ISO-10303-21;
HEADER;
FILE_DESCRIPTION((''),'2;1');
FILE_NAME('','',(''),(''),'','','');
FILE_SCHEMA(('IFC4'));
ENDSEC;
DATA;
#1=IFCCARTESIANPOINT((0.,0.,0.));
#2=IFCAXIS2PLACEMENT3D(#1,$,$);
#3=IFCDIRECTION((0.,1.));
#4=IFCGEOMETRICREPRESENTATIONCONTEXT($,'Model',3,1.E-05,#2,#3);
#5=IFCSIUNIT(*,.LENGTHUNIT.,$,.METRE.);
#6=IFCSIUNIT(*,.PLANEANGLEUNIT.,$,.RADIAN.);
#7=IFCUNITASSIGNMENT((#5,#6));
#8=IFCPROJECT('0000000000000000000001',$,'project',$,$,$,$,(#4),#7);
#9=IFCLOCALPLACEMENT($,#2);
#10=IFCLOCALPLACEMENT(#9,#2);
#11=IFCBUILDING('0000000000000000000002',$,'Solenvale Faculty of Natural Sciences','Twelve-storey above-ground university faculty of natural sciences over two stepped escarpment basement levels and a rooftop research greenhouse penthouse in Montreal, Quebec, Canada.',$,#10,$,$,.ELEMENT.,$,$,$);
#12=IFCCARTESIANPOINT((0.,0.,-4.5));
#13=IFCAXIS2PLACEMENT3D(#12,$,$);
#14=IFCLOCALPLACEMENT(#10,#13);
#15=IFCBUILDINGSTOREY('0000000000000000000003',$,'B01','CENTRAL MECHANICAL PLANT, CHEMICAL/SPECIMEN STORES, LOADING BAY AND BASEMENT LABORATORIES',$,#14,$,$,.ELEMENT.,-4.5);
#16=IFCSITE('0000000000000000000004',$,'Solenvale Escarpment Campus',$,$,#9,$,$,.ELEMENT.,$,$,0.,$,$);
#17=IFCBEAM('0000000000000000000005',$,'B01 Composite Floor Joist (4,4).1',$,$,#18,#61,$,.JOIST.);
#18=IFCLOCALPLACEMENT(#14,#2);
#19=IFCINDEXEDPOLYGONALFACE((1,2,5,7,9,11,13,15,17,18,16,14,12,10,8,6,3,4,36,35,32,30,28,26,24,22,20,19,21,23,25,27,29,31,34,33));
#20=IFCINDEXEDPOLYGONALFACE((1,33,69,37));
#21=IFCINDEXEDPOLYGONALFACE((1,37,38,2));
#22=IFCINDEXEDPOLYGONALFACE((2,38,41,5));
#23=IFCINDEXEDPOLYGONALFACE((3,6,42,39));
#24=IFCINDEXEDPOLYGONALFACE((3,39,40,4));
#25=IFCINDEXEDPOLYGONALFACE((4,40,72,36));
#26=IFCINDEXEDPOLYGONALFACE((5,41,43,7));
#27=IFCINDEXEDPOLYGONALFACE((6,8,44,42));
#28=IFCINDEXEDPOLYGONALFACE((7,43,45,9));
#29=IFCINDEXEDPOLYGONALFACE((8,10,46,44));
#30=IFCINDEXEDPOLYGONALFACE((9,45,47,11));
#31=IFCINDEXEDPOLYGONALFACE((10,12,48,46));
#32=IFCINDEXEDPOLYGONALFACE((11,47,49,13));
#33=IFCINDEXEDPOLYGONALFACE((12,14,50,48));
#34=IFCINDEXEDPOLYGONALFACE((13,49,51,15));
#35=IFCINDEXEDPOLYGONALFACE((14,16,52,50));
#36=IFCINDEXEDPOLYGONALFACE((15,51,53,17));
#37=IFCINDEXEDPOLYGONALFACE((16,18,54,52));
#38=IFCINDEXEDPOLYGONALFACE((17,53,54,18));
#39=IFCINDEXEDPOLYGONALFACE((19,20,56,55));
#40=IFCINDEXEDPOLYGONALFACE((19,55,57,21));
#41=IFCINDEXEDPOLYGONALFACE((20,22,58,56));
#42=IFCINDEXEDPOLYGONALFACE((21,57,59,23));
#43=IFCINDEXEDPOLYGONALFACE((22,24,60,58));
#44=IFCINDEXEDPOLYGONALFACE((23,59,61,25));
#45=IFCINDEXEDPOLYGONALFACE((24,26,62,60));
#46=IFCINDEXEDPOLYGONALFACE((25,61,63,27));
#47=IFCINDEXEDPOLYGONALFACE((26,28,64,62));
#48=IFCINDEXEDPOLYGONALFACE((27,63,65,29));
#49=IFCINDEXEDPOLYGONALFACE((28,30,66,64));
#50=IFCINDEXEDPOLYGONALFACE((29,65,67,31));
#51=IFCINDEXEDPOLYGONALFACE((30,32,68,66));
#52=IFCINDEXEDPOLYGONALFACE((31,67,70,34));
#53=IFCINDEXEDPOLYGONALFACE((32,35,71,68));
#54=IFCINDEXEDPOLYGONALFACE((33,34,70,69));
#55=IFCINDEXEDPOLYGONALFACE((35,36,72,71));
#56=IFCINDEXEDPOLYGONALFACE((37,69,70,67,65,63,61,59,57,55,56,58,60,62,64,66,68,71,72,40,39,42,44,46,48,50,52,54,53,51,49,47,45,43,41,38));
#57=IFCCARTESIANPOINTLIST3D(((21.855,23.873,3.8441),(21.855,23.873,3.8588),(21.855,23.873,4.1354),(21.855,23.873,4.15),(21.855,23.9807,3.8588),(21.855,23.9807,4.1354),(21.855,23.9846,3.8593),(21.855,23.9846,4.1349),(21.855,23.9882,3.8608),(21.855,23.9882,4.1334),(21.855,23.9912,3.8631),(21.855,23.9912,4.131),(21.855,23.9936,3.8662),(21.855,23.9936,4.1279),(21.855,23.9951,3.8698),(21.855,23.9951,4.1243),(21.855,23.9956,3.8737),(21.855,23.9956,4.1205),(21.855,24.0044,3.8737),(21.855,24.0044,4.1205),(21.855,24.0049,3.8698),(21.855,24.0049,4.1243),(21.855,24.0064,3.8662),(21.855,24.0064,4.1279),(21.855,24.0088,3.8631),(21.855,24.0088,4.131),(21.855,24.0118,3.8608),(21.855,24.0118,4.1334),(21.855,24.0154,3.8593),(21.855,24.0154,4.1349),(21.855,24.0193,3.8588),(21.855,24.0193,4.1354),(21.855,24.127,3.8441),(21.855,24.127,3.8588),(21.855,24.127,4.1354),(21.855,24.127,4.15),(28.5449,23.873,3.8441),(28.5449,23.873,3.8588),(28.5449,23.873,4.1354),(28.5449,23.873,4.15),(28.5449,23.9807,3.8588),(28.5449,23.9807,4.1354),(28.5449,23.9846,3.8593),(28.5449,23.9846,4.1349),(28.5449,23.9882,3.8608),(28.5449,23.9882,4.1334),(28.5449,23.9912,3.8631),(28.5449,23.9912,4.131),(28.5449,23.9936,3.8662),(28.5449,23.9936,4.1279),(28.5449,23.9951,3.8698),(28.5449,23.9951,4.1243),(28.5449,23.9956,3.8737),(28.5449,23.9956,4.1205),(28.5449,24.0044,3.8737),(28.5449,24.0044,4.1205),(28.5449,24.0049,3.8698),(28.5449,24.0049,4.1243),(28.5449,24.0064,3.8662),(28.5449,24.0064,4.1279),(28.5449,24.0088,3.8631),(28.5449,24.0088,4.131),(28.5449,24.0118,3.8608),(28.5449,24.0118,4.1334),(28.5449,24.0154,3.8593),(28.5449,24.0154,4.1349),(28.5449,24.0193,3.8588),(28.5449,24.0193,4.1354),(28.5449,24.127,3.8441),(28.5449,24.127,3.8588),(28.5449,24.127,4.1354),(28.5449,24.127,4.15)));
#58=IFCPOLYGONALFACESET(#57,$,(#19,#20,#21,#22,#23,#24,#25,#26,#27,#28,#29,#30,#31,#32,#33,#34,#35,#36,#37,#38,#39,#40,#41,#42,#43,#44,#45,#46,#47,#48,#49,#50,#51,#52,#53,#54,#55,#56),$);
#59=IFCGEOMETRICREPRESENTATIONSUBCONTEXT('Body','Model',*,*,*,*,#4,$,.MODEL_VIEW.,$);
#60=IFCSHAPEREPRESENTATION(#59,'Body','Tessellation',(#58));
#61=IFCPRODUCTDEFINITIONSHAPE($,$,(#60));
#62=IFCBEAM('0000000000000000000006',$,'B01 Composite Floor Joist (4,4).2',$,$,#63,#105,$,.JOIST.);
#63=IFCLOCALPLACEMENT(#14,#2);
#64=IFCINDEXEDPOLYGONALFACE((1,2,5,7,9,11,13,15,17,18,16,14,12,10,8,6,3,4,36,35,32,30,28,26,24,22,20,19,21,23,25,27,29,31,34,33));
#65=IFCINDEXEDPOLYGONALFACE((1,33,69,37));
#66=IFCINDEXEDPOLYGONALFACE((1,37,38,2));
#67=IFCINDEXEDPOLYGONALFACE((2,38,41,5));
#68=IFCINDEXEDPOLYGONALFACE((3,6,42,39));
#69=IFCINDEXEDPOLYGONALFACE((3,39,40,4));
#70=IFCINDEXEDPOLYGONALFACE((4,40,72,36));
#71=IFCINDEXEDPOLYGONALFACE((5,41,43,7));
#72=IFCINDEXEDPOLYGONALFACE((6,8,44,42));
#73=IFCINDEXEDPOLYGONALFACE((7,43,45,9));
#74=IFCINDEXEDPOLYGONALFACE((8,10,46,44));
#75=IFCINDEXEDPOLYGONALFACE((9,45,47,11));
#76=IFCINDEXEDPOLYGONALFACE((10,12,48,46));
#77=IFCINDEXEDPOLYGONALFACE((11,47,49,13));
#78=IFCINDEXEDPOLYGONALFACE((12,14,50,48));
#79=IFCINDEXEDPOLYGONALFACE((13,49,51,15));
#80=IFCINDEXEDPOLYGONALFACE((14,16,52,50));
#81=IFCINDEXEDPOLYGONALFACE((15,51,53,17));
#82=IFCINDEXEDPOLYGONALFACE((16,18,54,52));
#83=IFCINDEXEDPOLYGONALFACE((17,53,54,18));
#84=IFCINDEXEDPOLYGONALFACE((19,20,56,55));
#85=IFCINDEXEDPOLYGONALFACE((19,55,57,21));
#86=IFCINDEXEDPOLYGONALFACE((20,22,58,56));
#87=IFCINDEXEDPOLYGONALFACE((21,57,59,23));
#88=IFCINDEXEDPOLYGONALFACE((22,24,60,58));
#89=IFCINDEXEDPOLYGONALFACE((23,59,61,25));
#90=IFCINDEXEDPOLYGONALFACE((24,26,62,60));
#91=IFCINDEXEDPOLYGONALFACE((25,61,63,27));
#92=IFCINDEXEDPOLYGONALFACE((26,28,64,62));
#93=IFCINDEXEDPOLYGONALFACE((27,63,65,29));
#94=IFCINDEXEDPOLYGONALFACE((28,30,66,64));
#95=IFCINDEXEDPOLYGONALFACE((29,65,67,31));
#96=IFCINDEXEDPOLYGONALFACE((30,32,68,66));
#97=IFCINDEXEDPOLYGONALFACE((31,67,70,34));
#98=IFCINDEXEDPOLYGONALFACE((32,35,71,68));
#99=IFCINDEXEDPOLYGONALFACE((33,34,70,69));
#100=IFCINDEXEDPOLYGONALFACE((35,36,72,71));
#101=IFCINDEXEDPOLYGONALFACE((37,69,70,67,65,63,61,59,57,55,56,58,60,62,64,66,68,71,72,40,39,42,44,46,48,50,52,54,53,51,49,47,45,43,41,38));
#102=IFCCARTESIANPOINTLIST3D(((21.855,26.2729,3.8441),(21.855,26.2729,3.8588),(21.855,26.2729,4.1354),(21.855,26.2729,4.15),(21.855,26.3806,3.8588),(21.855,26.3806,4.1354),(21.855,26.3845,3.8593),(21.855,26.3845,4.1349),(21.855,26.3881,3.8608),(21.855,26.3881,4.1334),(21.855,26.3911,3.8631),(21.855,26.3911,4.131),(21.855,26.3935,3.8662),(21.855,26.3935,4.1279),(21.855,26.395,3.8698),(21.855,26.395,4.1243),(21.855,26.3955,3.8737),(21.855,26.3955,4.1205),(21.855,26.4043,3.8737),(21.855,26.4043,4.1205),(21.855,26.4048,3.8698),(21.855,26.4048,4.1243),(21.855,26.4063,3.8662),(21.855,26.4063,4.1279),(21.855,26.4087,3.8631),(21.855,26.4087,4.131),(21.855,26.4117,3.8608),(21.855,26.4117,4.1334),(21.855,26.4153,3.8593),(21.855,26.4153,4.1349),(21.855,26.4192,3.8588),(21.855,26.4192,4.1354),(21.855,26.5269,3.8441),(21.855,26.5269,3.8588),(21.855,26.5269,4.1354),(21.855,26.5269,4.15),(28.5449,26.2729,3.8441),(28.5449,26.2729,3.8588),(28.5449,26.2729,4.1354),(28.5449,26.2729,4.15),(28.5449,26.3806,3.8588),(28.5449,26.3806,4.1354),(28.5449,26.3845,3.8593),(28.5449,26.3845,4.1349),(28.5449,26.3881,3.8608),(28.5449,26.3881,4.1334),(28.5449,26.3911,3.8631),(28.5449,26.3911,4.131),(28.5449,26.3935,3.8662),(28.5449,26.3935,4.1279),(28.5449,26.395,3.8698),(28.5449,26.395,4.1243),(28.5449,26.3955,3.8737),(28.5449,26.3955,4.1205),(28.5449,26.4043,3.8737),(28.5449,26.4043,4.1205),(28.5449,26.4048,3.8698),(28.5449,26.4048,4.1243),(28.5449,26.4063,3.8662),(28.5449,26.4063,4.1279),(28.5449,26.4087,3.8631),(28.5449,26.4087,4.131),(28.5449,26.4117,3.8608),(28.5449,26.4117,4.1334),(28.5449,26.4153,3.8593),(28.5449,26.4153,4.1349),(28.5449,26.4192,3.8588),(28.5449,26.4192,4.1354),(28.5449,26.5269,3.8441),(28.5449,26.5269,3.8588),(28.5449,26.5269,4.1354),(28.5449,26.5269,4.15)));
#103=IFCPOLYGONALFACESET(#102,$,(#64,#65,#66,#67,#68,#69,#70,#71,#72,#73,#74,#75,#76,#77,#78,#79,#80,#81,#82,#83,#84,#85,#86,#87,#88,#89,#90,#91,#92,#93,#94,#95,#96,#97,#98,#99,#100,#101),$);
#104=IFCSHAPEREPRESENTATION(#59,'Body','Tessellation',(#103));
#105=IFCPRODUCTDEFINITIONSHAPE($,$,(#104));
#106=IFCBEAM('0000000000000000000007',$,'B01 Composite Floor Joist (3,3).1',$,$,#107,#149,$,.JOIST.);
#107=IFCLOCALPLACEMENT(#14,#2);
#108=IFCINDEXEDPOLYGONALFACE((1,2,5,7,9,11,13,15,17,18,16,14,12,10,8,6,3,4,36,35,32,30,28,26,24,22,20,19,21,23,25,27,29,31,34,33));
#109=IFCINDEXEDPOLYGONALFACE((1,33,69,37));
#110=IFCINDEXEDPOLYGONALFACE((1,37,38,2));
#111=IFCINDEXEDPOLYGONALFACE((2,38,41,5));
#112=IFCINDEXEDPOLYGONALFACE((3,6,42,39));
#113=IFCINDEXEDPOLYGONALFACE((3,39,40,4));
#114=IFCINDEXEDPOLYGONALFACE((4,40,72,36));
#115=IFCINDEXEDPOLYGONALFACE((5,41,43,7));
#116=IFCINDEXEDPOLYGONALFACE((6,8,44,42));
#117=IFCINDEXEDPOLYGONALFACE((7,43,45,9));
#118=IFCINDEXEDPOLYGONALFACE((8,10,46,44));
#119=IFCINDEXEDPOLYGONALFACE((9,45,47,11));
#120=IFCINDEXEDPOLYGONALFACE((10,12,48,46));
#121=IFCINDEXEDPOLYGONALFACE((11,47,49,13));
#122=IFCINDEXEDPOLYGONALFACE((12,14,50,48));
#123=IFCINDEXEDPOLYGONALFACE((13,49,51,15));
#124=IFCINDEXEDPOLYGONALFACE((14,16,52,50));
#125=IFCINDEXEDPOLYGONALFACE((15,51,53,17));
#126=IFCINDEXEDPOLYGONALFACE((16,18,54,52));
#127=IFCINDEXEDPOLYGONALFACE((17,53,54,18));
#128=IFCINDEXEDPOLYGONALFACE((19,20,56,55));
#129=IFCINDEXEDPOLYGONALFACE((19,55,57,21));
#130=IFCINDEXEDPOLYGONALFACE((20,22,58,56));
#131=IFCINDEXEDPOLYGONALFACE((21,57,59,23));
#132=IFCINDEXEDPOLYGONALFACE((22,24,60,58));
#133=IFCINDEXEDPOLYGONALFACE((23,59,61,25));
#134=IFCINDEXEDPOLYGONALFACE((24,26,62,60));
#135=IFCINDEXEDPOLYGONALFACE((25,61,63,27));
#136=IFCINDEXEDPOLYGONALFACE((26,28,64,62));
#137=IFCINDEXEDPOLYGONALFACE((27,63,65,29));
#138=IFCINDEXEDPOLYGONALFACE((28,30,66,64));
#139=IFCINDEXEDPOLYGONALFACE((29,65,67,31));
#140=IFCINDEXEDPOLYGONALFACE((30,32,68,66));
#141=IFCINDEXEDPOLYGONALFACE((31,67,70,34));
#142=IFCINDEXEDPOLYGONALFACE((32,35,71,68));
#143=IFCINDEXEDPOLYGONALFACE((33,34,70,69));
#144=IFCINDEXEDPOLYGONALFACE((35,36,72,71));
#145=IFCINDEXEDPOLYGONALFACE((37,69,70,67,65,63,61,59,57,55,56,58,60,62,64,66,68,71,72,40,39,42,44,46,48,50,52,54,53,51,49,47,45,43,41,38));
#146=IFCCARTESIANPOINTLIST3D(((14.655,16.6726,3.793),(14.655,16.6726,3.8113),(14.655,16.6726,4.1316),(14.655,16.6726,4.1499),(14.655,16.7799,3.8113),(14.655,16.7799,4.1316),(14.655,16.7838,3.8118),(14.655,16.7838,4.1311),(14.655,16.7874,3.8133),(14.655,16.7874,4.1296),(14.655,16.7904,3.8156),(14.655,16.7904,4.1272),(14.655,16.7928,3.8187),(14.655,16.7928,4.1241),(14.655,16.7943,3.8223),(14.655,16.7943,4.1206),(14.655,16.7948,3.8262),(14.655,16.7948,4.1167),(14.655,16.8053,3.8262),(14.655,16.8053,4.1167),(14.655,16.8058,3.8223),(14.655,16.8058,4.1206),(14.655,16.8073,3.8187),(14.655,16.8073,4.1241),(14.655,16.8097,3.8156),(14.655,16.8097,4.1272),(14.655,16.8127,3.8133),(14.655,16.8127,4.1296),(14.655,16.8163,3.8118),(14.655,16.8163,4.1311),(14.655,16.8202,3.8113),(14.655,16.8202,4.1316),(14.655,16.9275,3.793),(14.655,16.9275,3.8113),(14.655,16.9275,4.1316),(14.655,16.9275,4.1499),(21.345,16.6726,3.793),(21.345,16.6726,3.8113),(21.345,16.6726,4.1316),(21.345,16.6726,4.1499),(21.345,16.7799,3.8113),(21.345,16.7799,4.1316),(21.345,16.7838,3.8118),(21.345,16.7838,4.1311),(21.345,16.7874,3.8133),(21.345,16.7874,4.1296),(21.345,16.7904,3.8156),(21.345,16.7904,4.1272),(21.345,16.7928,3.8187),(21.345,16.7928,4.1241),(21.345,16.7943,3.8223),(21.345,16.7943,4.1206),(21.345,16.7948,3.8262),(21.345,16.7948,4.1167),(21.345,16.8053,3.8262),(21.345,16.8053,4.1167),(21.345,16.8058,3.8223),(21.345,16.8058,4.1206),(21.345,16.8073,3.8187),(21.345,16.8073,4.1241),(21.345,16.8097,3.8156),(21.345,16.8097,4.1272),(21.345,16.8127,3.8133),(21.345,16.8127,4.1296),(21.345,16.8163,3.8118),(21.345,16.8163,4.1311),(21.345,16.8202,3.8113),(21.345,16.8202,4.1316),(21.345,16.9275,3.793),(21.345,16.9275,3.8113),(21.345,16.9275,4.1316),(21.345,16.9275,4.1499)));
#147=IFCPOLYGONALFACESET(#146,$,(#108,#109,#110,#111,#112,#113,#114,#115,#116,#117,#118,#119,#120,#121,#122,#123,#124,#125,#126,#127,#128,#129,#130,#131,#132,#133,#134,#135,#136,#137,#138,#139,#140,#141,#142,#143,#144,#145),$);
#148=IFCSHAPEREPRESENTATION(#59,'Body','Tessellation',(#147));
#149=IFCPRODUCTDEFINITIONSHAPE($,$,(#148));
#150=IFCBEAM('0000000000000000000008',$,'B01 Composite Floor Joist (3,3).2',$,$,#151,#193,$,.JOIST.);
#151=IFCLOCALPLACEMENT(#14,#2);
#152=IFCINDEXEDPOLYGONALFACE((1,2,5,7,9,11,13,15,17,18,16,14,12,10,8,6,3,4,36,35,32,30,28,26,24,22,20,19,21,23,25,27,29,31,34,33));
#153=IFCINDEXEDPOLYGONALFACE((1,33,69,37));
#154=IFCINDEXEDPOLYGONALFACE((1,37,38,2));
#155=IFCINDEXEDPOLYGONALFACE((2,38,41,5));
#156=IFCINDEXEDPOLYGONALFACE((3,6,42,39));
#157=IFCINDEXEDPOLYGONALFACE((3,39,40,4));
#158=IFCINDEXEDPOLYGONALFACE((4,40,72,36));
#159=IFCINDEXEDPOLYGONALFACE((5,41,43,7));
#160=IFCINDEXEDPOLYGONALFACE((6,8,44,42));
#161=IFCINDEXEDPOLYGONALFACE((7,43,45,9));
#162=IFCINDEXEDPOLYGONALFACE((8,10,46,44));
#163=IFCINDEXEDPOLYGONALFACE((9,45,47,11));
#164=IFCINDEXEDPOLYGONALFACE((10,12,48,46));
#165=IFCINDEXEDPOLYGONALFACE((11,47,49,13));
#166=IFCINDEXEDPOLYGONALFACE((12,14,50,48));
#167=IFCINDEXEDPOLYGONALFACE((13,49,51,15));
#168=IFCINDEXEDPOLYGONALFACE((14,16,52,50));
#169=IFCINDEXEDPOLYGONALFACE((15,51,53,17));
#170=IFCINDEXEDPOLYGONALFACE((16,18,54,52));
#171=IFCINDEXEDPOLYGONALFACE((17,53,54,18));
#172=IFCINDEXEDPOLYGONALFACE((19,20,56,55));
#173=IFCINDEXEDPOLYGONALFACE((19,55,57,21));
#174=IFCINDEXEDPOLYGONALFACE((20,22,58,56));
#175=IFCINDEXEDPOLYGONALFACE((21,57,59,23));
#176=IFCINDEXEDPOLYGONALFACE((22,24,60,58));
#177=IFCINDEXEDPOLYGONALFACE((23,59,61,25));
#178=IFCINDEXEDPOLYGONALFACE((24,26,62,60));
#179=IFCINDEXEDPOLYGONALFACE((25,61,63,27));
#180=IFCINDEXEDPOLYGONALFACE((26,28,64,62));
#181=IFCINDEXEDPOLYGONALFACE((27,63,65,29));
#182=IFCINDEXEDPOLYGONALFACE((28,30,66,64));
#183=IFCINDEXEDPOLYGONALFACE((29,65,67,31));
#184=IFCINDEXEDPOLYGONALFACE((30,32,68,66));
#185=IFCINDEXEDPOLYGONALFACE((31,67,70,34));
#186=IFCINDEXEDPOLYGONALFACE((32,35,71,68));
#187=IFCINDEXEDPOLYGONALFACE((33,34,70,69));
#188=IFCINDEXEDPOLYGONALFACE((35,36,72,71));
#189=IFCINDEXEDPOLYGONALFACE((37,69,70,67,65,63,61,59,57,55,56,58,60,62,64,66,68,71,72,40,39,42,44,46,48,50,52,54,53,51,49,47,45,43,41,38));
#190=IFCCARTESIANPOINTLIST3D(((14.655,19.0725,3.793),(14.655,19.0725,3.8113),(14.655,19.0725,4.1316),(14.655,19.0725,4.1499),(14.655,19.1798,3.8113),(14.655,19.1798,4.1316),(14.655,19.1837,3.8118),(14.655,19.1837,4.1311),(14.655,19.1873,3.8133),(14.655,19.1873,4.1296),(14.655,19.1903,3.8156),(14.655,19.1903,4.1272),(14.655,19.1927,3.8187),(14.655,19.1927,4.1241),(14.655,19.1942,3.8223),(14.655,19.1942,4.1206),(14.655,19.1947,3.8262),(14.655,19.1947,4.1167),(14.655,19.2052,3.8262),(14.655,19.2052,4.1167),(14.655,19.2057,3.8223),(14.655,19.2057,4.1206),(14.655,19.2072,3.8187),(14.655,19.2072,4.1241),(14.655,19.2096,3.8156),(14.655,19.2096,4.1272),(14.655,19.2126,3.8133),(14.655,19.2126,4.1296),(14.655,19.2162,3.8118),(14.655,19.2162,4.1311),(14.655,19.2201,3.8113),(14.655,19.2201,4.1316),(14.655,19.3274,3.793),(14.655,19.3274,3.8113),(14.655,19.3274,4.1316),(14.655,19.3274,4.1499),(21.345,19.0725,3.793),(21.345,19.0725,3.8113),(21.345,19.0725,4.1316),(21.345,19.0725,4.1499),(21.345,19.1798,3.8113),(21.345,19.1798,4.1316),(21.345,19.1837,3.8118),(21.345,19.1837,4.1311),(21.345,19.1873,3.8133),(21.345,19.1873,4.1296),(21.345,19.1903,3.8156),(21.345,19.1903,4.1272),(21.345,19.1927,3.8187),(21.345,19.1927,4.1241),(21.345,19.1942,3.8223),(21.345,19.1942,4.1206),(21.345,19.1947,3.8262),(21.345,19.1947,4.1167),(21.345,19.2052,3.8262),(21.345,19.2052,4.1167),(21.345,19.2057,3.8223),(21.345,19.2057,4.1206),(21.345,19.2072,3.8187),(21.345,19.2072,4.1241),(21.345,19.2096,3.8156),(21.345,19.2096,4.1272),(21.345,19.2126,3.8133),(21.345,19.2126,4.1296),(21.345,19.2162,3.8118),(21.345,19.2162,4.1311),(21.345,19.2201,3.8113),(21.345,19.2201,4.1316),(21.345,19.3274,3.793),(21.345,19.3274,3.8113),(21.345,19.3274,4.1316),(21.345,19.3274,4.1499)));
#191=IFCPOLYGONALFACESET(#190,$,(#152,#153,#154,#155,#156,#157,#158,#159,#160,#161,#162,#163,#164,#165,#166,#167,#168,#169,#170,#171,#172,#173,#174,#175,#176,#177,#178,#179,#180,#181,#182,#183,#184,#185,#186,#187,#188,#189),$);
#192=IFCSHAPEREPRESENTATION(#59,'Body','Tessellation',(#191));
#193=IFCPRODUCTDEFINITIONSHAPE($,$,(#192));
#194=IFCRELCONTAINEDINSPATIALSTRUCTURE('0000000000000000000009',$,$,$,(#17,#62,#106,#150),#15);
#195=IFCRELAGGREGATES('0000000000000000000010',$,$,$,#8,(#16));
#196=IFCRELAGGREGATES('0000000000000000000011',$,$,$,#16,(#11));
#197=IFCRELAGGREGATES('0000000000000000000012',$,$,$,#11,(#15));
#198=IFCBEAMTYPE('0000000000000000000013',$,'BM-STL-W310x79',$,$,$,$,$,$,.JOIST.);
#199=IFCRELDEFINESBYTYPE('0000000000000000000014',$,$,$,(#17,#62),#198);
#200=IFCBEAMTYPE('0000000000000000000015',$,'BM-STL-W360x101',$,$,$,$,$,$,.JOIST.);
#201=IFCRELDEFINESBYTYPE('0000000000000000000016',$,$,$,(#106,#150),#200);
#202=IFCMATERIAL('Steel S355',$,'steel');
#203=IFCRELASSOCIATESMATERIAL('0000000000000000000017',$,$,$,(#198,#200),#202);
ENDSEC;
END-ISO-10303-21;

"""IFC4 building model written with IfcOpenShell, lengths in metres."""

from ifc_helpers import new_model, si_unit, direction, frame, origin, origin_2d, place, context, subcontext, project, spatial, i_section, extrude, material, material_profile, profile_set, type_object, element, save


model = new_model("IFC4")

# Units and contexts
model_context = context("Model", 3, precision=1e-05, world=origin(), true_north=direction((0.0, 1.0)))
body_context = subcontext(model_context, "Body", "Model", "MODEL_VIEW")
ifc_project = project(units=[si_unit("LENGTHUNIT", "METRE"), si_unit("PLANEANGLEUNIT", "RADIAN")], contexts=[model_context])

# Site, building, storey
site_placement = place(None, origin())
site = spatial("IfcSite", under=ifc_project, at=site_placement, Name="Solenvale Escarpment Campus", CompositionType="ELEMENT", RefElevation=0.0)
building_placement = place(site_placement, origin())
building = spatial("IfcBuilding", under=site, at=building_placement, Name="Solenvale Faculty of Natural Sciences", Description="Twelve-storey above-ground university faculty of natural sciences over two stepped escarpment basement levels and a rooftop research greenhouse penthouse in Montreal, Quebec, Canada.", CompositionType="ELEMENT")
storey_placement = place(building_placement, frame((0.0, 0.0, -4.5)))
storey = spatial("IfcBuildingStorey", under=building, at=storey_placement, Name="B01", Description="CENTRAL MECHANICAL PLANT, CHEMICAL/SPECIMEN STORES, LOADING BAY AND BASEMENT LABORATORIES", CompositionType="ELEMENT", Elevation=-4.5)

# Beams
ifc_material_1 = material(Name="Steel S355", Category="steel")
ifc_material_profile_1 = material_profile(ifc_material_1, i_section(OverallWidth=0.2539, OverallDepth=0.3059, WebThickness=0.0088, FlangeThickness=0.0146, FilletRadius=0.0149, at=origin_2d()), Name="W310x79")
ifc_profile_set_1 = profile_set([ifc_material_profile_1], Name="Steel S355")
beam_type_1 = type_object("IfcBeamType", Name="BM-STL-W310x79", PredefinedType="JOIST", material=ifc_profile_set_1)
for number, where, z_axis, x_axis, name in (
    (1, (21.855, 24.0, 3.9971), (1.0, 0.0, 0.0), (0.0, 1.0, 0.0), "B01 Composite Floor Joist (4,4).1"),
    (2, (21.855, 26.3999, 3.9971), (1.0, 0.0, 0.0), (0.0, 1.0, 0.0), "B01 Composite Floor Joist (4,4).2"),
):
    element("IfcBeam", number, at=place(storey_placement, frame(where, z_axis=z_axis, x_axis=x_axis)), inside=storey, type_object=beam_type_1, Name=name, PredefinedType="JOIST", context=body_context, shape_type="SweptSolid", body=[
        extrude(i_section(OverallWidth=0.2539, OverallDepth=0.3059, WebThickness=0.0088, FlangeThickness=0.0146, FilletRadius=0.0149, at=origin_2d()), origin(), (0.0, 0.0, 1.0), 6.6899),
    ])
ifc_material_profile_2 = material_profile(ifc_material_1, i_section(OverallWidth=0.2549, OverallDepth=0.3569, WebThickness=0.0105, FlangeThickness=0.0183, FilletRadius=0.0149, at=origin_2d()), Name="W360x101")
ifc_profile_set_2 = profile_set([ifc_material_profile_2], Name="Steel S355")
beam_type_2 = type_object("IfcBeamType", Name="BM-STL-W360x101", PredefinedType="JOIST", material=ifc_profile_set_2)
for number, where, z_axis, x_axis, name in (
    (3, (14.655, 16.8, 3.9714), (1.0, 0.0, 0.0), (0.0, 1.0, 0.0), "B01 Composite Floor Joist (3,3).1"),
    (4, (14.655, 19.2, 3.9714), (1.0, 0.0, 0.0), (0.0, 1.0, 0.0), "B01 Composite Floor Joist (3,3).2"),
):
    element("IfcBeam", number, at=place(storey_placement, frame(where, z_axis=z_axis, x_axis=x_axis)), inside=storey, type_object=beam_type_2, Name=name, PredefinedType="JOIST", context=body_context, shape_type="SweptSolid", body=[
        extrude(i_section(OverallWidth=0.2549, OverallDepth=0.3569, WebThickness=0.0105, FlangeThickness=0.0183, FilletRadius=0.0149, at=origin_2d()), origin(), (0.0, 0.0, 1.0), 6.6899),
    ])

save(model, "model.ifc")
